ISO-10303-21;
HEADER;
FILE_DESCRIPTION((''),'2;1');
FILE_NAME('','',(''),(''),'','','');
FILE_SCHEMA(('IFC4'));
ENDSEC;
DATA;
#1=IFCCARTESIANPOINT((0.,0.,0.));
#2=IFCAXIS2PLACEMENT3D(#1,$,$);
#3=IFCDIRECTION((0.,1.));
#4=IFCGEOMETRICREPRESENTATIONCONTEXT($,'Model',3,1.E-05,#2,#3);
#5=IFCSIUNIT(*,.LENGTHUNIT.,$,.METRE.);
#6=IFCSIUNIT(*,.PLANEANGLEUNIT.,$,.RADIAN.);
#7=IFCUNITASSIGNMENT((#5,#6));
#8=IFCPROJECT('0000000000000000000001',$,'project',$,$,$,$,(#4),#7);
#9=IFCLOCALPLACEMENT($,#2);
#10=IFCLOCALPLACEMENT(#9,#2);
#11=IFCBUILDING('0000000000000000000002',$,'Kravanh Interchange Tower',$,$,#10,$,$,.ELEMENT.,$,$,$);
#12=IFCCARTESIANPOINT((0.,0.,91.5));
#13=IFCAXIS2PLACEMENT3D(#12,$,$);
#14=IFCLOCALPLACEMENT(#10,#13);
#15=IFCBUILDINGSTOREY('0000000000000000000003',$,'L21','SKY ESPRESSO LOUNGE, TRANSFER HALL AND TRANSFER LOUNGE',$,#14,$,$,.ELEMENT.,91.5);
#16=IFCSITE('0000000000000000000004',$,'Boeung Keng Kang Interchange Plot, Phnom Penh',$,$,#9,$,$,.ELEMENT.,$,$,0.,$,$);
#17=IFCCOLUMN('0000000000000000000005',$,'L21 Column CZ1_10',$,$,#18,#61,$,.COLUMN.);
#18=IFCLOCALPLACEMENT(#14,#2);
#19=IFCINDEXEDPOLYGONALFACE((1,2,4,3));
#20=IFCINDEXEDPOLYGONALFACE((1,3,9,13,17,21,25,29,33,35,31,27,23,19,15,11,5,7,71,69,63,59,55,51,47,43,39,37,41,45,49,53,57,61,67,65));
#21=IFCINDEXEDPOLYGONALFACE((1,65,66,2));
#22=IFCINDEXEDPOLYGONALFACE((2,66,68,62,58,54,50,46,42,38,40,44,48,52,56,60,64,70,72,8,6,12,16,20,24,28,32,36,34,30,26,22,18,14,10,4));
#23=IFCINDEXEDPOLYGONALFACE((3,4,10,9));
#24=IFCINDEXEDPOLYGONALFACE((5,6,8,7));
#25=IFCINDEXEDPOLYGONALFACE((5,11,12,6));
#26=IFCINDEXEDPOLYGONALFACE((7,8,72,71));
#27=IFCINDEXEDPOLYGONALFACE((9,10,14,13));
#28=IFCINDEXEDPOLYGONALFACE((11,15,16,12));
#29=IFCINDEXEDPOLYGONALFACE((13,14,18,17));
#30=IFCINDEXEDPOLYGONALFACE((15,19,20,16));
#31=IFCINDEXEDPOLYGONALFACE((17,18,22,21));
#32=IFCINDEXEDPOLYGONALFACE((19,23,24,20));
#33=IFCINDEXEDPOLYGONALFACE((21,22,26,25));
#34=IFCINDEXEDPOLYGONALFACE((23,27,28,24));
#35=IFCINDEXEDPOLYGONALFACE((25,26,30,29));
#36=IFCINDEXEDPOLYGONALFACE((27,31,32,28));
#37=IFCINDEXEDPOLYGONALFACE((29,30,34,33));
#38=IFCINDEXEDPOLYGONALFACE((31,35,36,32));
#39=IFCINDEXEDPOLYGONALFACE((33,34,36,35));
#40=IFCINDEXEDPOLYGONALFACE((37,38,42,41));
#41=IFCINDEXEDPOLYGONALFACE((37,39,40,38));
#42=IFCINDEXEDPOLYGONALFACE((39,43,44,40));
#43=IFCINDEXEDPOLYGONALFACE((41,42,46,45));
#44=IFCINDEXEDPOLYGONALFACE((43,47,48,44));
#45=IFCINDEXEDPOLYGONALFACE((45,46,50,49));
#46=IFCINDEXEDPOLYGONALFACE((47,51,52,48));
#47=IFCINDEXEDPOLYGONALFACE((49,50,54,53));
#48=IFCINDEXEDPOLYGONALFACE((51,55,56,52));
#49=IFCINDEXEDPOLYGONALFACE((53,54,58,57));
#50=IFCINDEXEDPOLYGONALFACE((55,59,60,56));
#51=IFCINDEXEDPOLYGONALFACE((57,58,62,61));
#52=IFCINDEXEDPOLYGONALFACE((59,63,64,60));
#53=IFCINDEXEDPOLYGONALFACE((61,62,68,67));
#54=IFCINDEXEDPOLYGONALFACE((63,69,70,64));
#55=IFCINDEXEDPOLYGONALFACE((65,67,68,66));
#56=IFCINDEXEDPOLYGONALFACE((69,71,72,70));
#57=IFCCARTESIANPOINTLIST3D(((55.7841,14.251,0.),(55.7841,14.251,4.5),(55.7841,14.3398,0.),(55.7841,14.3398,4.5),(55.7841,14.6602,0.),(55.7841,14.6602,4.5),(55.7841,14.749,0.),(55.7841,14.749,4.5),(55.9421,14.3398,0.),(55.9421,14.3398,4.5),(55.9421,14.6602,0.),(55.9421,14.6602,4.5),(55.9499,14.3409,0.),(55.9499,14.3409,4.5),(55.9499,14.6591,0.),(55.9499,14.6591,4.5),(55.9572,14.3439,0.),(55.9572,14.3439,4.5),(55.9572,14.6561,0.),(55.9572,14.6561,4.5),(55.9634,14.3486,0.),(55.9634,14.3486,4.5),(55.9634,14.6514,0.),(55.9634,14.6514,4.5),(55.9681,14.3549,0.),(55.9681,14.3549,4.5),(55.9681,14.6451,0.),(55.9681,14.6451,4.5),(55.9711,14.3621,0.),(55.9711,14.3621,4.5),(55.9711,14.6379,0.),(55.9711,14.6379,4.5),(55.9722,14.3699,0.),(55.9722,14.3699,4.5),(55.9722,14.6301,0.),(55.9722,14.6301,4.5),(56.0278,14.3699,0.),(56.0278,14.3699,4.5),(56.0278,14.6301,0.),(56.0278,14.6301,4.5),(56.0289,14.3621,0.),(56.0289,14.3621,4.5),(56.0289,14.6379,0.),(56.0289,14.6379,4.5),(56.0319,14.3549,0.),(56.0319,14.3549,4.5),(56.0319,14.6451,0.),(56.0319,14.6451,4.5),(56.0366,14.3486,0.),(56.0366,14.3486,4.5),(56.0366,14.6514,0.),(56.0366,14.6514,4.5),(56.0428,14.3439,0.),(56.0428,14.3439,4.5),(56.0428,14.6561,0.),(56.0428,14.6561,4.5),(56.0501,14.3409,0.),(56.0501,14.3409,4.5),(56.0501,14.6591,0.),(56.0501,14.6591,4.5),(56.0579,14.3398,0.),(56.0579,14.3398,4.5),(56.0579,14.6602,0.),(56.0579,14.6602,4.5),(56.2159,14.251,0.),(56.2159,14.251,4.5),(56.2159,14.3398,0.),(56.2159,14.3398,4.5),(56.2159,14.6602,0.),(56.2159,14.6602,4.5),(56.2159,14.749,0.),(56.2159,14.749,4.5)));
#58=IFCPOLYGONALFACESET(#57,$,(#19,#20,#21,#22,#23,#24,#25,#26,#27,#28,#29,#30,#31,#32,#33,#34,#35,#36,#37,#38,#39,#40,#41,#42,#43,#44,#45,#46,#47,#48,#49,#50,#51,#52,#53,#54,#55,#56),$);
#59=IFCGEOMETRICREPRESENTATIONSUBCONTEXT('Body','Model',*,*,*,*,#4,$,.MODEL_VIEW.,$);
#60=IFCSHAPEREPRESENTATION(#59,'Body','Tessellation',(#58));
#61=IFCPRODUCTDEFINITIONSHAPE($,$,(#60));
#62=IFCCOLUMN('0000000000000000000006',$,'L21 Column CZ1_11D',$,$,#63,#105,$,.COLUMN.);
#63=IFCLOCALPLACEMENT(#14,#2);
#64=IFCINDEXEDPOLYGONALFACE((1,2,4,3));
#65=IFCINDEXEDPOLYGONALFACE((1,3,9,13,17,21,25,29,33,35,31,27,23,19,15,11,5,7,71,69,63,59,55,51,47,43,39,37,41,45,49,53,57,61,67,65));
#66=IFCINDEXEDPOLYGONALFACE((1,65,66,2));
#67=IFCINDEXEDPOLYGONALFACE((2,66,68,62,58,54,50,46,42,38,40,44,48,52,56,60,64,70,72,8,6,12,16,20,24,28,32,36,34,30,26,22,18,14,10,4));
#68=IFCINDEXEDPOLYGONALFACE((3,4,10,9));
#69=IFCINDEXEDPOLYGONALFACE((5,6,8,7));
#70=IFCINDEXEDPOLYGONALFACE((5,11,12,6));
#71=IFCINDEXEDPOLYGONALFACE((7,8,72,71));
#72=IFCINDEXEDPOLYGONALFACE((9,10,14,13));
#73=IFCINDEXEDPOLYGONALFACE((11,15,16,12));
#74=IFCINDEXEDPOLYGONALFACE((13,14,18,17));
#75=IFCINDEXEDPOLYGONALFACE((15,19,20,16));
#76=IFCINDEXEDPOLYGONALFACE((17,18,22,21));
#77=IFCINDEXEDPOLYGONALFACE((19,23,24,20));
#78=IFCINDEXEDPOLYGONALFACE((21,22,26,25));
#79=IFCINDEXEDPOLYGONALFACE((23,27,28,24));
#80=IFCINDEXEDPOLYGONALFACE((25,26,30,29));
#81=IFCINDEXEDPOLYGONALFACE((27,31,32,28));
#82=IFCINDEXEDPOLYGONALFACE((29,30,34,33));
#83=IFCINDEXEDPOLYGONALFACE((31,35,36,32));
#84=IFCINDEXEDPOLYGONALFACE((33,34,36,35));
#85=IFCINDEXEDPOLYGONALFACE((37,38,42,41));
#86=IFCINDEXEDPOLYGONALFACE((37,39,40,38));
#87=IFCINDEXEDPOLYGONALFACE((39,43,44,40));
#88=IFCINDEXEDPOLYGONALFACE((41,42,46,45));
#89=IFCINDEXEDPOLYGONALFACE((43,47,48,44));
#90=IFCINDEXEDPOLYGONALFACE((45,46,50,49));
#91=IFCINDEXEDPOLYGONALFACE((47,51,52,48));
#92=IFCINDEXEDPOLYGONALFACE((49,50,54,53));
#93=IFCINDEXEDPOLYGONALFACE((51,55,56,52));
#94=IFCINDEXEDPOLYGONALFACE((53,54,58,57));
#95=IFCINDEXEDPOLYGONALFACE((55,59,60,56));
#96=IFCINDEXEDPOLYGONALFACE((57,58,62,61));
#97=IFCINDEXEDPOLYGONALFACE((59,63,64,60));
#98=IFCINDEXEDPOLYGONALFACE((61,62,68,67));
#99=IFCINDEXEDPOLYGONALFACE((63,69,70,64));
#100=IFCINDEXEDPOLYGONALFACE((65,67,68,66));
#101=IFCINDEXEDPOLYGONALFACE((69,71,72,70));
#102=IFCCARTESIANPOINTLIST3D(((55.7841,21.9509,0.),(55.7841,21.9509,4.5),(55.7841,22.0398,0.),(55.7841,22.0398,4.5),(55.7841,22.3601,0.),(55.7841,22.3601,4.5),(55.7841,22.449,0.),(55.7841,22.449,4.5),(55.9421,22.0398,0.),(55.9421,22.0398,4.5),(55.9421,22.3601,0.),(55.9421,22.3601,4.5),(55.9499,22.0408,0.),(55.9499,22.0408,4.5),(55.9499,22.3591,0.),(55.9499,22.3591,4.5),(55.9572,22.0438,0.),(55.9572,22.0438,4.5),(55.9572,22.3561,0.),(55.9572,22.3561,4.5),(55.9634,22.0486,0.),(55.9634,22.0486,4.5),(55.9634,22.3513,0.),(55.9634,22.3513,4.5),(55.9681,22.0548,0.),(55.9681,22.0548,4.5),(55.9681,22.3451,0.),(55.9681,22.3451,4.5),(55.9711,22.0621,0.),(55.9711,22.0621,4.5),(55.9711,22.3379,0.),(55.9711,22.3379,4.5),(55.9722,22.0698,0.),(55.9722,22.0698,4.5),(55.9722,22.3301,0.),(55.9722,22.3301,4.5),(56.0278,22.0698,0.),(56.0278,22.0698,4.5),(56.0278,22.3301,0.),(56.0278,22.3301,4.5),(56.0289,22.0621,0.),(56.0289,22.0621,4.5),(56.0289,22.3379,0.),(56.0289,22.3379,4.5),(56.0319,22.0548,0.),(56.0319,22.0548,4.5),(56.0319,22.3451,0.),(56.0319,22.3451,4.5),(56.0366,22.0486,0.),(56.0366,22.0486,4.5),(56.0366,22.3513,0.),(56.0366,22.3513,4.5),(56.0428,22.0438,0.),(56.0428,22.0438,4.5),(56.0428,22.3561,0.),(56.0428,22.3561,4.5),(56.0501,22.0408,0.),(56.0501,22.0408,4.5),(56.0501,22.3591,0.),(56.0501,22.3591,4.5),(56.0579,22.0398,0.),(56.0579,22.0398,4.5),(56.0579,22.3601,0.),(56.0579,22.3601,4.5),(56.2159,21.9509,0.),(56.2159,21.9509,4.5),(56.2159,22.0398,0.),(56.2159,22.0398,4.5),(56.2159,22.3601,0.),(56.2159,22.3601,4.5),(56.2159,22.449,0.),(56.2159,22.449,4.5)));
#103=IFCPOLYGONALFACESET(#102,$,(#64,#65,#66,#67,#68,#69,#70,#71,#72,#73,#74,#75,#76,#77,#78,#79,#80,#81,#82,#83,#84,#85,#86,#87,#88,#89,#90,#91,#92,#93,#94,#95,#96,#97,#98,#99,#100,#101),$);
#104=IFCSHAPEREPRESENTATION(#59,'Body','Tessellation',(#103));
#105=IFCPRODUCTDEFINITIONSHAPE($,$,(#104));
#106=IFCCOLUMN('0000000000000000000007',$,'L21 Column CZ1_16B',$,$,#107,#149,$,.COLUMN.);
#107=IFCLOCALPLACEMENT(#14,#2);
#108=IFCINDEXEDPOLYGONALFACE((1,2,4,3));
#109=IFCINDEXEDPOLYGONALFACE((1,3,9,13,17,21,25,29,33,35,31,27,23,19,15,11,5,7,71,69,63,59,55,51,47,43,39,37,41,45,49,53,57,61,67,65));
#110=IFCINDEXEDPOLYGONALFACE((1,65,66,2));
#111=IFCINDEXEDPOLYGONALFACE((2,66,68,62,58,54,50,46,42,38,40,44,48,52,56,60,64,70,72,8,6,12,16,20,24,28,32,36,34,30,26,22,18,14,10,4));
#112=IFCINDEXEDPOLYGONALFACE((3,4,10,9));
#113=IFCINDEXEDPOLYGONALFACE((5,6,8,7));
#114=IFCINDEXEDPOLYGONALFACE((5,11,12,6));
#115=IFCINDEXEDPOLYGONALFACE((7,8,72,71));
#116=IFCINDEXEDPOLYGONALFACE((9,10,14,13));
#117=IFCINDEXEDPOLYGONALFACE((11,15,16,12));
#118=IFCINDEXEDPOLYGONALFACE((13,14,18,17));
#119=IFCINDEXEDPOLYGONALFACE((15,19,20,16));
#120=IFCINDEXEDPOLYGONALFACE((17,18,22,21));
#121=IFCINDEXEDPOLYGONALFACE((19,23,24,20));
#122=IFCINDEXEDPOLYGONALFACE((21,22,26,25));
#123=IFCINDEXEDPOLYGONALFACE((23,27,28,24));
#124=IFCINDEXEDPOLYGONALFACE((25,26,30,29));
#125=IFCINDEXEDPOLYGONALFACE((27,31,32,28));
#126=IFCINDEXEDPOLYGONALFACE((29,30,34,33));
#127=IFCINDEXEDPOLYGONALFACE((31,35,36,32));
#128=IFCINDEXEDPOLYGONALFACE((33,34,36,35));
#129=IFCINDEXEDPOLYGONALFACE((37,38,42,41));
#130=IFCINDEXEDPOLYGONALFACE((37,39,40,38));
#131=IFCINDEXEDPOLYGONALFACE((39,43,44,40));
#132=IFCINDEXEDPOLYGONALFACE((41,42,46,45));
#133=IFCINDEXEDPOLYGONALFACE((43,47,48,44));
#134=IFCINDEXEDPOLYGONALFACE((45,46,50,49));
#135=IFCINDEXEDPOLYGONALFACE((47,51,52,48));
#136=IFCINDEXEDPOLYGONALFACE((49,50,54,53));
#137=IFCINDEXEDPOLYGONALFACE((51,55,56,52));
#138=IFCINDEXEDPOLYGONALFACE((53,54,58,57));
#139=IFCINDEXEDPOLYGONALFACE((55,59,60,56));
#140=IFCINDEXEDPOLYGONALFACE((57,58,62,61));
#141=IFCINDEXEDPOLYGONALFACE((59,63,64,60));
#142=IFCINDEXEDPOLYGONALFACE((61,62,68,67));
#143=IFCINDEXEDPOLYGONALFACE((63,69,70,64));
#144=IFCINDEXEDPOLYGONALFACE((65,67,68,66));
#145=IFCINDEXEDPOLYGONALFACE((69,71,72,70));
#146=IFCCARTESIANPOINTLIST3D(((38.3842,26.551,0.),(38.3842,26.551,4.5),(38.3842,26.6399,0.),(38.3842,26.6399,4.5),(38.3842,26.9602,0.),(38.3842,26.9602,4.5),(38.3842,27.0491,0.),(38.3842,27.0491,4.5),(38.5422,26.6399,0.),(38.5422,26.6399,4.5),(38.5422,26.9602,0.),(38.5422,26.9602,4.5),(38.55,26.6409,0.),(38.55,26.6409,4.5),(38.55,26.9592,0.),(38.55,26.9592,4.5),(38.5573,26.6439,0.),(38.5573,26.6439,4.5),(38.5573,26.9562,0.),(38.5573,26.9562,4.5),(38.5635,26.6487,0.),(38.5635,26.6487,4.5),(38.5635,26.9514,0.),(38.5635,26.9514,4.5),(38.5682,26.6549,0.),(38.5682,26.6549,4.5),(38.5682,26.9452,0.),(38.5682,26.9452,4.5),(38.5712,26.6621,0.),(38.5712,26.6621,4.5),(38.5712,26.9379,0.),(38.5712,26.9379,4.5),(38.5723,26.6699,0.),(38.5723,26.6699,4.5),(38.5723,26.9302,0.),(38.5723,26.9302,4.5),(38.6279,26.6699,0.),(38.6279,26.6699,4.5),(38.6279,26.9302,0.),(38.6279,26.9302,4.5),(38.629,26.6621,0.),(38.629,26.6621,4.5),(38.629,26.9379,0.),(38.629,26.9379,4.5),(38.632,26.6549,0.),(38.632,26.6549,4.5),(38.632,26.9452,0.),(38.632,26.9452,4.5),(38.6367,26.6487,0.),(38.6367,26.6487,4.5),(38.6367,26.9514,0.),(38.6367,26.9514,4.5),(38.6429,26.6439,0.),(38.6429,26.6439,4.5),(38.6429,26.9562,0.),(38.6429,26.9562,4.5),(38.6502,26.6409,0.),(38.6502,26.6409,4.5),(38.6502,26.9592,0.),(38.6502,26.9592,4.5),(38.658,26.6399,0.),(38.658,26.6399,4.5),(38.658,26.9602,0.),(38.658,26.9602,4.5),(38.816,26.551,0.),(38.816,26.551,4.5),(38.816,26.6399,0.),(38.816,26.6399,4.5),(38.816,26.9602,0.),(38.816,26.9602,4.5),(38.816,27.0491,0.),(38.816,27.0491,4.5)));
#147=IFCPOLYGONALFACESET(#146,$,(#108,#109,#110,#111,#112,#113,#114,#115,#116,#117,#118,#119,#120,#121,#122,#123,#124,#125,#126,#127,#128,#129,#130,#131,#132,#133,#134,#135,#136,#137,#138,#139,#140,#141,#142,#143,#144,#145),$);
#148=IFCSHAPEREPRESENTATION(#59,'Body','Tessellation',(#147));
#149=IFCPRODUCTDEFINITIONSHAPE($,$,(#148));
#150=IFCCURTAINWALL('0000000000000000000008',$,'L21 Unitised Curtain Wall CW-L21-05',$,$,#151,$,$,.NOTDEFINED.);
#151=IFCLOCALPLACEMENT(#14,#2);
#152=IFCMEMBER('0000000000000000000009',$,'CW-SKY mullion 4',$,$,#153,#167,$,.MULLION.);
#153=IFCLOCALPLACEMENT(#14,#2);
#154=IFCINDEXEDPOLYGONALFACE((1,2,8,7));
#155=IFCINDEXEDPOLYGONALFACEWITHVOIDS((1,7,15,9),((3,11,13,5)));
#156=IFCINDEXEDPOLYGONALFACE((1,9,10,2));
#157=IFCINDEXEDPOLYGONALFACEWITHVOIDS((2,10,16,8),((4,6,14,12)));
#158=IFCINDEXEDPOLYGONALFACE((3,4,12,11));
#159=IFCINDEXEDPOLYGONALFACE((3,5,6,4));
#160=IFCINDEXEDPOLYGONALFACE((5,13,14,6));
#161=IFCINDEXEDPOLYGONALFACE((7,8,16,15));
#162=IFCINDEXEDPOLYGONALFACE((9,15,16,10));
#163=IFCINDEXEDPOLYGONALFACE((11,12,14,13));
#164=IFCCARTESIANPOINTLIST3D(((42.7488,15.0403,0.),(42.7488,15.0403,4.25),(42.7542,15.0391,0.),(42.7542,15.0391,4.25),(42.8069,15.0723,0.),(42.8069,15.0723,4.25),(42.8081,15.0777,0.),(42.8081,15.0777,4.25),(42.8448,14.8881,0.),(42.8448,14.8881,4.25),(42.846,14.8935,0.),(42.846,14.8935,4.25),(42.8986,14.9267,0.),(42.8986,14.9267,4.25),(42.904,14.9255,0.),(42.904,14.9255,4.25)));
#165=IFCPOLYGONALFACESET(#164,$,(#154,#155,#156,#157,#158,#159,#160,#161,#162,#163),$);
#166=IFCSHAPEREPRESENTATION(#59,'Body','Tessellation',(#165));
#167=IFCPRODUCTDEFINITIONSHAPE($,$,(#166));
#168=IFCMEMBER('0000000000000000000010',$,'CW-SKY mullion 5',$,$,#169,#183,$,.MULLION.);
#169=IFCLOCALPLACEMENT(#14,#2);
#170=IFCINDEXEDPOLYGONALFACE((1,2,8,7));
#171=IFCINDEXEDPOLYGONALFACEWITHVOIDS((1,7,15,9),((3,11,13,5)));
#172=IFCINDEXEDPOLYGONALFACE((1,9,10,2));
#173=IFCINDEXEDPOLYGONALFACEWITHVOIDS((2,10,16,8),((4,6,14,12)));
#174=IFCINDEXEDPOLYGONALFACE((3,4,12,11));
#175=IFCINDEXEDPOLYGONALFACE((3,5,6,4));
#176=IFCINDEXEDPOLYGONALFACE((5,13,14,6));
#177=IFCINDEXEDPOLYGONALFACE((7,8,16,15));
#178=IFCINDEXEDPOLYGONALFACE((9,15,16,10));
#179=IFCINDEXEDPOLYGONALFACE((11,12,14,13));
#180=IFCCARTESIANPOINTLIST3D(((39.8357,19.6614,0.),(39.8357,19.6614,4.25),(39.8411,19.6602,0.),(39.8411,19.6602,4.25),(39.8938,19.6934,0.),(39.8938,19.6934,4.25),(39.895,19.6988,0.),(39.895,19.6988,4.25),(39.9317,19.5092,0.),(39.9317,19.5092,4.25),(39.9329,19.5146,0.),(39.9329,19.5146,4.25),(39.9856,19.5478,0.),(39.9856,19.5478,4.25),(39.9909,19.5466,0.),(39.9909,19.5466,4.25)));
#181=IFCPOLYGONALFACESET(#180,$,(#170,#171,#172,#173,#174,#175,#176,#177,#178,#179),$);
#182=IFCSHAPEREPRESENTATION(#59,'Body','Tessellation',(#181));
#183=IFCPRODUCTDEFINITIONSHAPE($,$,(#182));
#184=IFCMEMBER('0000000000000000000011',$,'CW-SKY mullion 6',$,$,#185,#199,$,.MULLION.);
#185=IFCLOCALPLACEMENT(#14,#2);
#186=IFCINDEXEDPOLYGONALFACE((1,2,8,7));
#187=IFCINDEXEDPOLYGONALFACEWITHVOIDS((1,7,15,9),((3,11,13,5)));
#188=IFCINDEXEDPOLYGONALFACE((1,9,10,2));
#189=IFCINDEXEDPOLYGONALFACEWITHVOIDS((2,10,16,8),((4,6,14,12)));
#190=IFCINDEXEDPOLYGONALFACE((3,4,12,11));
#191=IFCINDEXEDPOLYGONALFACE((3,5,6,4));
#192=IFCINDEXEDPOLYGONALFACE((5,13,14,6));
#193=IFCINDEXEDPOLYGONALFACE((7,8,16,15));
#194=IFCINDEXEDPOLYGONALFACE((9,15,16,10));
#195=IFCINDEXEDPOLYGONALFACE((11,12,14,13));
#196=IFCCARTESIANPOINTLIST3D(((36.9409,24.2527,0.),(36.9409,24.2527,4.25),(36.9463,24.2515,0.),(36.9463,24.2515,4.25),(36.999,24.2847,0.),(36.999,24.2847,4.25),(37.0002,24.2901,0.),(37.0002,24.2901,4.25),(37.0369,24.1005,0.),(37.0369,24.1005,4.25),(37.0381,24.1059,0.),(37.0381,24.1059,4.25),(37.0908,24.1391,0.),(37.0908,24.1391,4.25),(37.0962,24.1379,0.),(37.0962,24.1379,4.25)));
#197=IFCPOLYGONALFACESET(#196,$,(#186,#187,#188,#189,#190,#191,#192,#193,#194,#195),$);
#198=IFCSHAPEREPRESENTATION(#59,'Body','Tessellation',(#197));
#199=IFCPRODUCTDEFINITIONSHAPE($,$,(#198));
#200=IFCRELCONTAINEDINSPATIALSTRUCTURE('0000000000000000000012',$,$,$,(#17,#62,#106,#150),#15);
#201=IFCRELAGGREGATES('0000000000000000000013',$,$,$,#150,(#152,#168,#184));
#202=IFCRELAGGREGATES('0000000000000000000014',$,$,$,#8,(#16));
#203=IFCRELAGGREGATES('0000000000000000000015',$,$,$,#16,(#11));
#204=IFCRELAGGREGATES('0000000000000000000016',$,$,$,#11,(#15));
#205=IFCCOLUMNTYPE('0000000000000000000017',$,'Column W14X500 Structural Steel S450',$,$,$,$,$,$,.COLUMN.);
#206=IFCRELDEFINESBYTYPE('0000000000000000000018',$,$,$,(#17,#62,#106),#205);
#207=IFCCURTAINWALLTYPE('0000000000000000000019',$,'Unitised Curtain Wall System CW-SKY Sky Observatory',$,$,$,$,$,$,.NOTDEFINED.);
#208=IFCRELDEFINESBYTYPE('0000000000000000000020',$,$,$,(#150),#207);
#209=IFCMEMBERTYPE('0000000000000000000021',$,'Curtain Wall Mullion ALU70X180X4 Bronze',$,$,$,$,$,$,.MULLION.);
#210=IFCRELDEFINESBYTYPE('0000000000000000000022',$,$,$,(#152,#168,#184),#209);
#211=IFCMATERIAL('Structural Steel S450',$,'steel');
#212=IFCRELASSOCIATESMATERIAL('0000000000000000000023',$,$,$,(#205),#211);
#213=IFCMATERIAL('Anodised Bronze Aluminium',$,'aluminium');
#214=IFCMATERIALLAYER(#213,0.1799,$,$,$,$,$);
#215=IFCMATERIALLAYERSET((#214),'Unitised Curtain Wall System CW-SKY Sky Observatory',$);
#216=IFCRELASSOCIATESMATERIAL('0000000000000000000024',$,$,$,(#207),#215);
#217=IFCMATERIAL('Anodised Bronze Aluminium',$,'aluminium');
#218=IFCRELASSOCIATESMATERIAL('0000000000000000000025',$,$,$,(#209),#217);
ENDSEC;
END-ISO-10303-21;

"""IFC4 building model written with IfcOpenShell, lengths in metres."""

from ifc_helpers import new_model, si_unit, direction, frame, origin, origin_2d, place, context, subcontext, project, spatial, hollow_rectangle, i_section, extrude, material, layer, layer_set, material_profile, profile_set, type_object, element, aggregate, save


model = new_model("IFC4")

# Units and contexts
model_context = context("Model", 3, precision=1e-05, world=origin(), true_north=direction((0.0, 1.0)))
body_context = subcontext(model_context, "Body", "Model", "MODEL_VIEW")
ifc_project = project(units=[si_unit("LENGTHUNIT", "METRE"), si_unit("PLANEANGLEUNIT", "RADIAN")], contexts=[model_context])

# Site, building, storey
site_placement = place(None, origin())
site = spatial("IfcSite", under=ifc_project, at=site_placement, Name="Boeung Keng Kang Interchange Plot, Phnom Penh", CompositionType="ELEMENT", RefElevation=0.0)
building_placement = place(site_placement, origin())
building = spatial("IfcBuilding", under=site, at=building_placement, Name="Kravanh Interchange Tower", CompositionType="ELEMENT")
storey_placement = place(building_placement, frame((0.0, 0.0, 91.5)))
storey = spatial("IfcBuildingStorey", under=building, at=storey_placement, Name="L21", Description="SKY ESPRESSO LOUNGE, TRANSFER HALL AND TRANSFER LOUNGE", CompositionType="ELEMENT", Elevation=91.5)

# Columns
ifc_material_1 = material(Name="Structural Steel S450", Category="steel")
ifc_material_profile_1 = material_profile(ifc_material_1, i_section(OverallWidth=0.4319, OverallDepth=0.498, WebThickness=0.0557, FlangeThickness=0.0889, FilletRadius=0.03, at=origin_2d()), Name="W14X500")
ifc_profile_set_1 = profile_set([ifc_material_profile_1], Name="Structural Steel S450")
column_type = type_object("IfcColumnType", Name="Column W14X500 Structural Steel S450", PredefinedType="COLUMN", material=ifc_profile_set_1)
for number, where, z_axis, x_axis, name in (
    (1, (56.0, 14.5, 0.0), (0.0, 0.0, 1.0), (1.0, 0.0, 0.0), "L21 Column CZ1_10"),
    (2, (56.0, 22.2, 0.0), (0.0, 0.0, 1.0), (1.0, 0.0, 0.0), "L21 Column CZ1_11D"),
    (3, (38.6001, 26.8, 0.0), (0.0, 0.0, 1.0), (1.0, 0.0, 0.0), "L21 Column CZ1_16B"),
):
    element("IfcColumn", number, at=place(storey_placement, frame(where, z_axis=z_axis, x_axis=x_axis)), inside=storey, type_object=column_type, Name=name, PredefinedType="COLUMN", context=body_context, shape_type="SweptSolid", body=[
        extrude(i_section(OverallWidth=0.4319, OverallDepth=0.498, WebThickness=0.0557, FlangeThickness=0.0889, FilletRadius=0.03, at=origin_2d()), origin(), (0.0, 0.0, 1.0), 4.5),
    ])

# Curtain wall, members
ifc_material_2 = material(Name="Anodised Bronze Aluminium", Category="aluminium")
ifc_layer_1 = layer(ifc_material_2, 0.1799)
ifc_layer_set_1 = layer_set([ifc_layer_1], Name="Unitised Curtain Wall System CW-SKY Sky Observatory")
curtain_wall_type = type_object("IfcCurtainWallType", Name="Unitised Curtain Wall System CW-SKY Sky Observatory", PredefinedType="NOTDEFINED", material=ifc_layer_set_1)
curtain_wall_1_placement = place(storey_placement, origin())
curtain_wall_1 = element("IfcCurtainWall", 4, at=curtain_wall_1_placement, inside=storey, type_object=curtain_wall_type, Name="L21 Unitised Curtain Wall CW-L21-05", PredefinedType="NOTDEFINED")
ifc_material_3 = material(Name="Anodised Bronze Aluminium", Category="aluminium")
ifc_material_profile_2 = material_profile(ifc_material_3, hollow_rectangle(XDim=0.0701, YDim=0.1799, WallThickness=0.0039, at=origin_2d()), Name="ALU70X180X4")
ifc_profile_set_2 = profile_set([ifc_material_profile_2], Name="Anodised Bronze Aluminium")
member_type_1 = type_object("IfcMemberType", Name="Curtain Wall Mullion ALU70X180X4 Bronze", PredefinedType="MULLION", material=ifc_profile_set_2)
member_1_placement = place(storey_placement, frame((42.8264, 14.9829, 0.0), z_axis=(0.0, 0.0, 1.0), x_axis=(-0.845926, -0.533301, 0.0)))
member_1 = element("IfcMember", 5, at=member_1_placement, type_object=member_type_1, Name="CW-SKY mullion 4", PredefinedType="MULLION", context=body_context, shape_type="SweptSolid", body=[
    extrude(hollow_rectangle(XDim=0.0701, YDim=0.1799, WallThickness=0.0039, at=origin_2d()), origin(), (0.0, 0.0, 1.0), 4.25),
])
member_2_placement = place(storey_placement, frame((39.9133, 19.604, 0.0), z_axis=(0.0, 0.0, 1.0), x_axis=(-0.845926, -0.533301, 0.0)))
member_2 = element("IfcMember", 6, at=member_2_placement, type_object=member_type_1, Name="CW-SKY mullion 5", PredefinedType="MULLION", context=body_context, shape_type="SweptSolid", body=[
    extrude(hollow_rectangle(XDim=0.0701, YDim=0.1799, WallThickness=0.0039, at=origin_2d()), origin(), (0.0, 0.0, 1.0), 4.25),
])
member_3_placement = place(storey_placement, frame((37.0186, 24.1953, 0.0), z_axis=(0.0, 0.0, 1.0), x_axis=(-0.845926, -0.533301, 0.0)))
member_3 = element("IfcMember", 7, at=member_3_placement, type_object=member_type_1, Name="CW-SKY mullion 6", PredefinedType="MULLION", context=body_context, shape_type="SweptSolid", body=[
    extrude(hollow_rectangle(XDim=0.0701, YDim=0.1799, WallThickness=0.0039, at=origin_2d()), origin(), (0.0, 0.0, 1.0), 4.25),
])

aggregate(curtain_wall_1, [member_1, member_2, member_3])

save(model, "model.ifc")
